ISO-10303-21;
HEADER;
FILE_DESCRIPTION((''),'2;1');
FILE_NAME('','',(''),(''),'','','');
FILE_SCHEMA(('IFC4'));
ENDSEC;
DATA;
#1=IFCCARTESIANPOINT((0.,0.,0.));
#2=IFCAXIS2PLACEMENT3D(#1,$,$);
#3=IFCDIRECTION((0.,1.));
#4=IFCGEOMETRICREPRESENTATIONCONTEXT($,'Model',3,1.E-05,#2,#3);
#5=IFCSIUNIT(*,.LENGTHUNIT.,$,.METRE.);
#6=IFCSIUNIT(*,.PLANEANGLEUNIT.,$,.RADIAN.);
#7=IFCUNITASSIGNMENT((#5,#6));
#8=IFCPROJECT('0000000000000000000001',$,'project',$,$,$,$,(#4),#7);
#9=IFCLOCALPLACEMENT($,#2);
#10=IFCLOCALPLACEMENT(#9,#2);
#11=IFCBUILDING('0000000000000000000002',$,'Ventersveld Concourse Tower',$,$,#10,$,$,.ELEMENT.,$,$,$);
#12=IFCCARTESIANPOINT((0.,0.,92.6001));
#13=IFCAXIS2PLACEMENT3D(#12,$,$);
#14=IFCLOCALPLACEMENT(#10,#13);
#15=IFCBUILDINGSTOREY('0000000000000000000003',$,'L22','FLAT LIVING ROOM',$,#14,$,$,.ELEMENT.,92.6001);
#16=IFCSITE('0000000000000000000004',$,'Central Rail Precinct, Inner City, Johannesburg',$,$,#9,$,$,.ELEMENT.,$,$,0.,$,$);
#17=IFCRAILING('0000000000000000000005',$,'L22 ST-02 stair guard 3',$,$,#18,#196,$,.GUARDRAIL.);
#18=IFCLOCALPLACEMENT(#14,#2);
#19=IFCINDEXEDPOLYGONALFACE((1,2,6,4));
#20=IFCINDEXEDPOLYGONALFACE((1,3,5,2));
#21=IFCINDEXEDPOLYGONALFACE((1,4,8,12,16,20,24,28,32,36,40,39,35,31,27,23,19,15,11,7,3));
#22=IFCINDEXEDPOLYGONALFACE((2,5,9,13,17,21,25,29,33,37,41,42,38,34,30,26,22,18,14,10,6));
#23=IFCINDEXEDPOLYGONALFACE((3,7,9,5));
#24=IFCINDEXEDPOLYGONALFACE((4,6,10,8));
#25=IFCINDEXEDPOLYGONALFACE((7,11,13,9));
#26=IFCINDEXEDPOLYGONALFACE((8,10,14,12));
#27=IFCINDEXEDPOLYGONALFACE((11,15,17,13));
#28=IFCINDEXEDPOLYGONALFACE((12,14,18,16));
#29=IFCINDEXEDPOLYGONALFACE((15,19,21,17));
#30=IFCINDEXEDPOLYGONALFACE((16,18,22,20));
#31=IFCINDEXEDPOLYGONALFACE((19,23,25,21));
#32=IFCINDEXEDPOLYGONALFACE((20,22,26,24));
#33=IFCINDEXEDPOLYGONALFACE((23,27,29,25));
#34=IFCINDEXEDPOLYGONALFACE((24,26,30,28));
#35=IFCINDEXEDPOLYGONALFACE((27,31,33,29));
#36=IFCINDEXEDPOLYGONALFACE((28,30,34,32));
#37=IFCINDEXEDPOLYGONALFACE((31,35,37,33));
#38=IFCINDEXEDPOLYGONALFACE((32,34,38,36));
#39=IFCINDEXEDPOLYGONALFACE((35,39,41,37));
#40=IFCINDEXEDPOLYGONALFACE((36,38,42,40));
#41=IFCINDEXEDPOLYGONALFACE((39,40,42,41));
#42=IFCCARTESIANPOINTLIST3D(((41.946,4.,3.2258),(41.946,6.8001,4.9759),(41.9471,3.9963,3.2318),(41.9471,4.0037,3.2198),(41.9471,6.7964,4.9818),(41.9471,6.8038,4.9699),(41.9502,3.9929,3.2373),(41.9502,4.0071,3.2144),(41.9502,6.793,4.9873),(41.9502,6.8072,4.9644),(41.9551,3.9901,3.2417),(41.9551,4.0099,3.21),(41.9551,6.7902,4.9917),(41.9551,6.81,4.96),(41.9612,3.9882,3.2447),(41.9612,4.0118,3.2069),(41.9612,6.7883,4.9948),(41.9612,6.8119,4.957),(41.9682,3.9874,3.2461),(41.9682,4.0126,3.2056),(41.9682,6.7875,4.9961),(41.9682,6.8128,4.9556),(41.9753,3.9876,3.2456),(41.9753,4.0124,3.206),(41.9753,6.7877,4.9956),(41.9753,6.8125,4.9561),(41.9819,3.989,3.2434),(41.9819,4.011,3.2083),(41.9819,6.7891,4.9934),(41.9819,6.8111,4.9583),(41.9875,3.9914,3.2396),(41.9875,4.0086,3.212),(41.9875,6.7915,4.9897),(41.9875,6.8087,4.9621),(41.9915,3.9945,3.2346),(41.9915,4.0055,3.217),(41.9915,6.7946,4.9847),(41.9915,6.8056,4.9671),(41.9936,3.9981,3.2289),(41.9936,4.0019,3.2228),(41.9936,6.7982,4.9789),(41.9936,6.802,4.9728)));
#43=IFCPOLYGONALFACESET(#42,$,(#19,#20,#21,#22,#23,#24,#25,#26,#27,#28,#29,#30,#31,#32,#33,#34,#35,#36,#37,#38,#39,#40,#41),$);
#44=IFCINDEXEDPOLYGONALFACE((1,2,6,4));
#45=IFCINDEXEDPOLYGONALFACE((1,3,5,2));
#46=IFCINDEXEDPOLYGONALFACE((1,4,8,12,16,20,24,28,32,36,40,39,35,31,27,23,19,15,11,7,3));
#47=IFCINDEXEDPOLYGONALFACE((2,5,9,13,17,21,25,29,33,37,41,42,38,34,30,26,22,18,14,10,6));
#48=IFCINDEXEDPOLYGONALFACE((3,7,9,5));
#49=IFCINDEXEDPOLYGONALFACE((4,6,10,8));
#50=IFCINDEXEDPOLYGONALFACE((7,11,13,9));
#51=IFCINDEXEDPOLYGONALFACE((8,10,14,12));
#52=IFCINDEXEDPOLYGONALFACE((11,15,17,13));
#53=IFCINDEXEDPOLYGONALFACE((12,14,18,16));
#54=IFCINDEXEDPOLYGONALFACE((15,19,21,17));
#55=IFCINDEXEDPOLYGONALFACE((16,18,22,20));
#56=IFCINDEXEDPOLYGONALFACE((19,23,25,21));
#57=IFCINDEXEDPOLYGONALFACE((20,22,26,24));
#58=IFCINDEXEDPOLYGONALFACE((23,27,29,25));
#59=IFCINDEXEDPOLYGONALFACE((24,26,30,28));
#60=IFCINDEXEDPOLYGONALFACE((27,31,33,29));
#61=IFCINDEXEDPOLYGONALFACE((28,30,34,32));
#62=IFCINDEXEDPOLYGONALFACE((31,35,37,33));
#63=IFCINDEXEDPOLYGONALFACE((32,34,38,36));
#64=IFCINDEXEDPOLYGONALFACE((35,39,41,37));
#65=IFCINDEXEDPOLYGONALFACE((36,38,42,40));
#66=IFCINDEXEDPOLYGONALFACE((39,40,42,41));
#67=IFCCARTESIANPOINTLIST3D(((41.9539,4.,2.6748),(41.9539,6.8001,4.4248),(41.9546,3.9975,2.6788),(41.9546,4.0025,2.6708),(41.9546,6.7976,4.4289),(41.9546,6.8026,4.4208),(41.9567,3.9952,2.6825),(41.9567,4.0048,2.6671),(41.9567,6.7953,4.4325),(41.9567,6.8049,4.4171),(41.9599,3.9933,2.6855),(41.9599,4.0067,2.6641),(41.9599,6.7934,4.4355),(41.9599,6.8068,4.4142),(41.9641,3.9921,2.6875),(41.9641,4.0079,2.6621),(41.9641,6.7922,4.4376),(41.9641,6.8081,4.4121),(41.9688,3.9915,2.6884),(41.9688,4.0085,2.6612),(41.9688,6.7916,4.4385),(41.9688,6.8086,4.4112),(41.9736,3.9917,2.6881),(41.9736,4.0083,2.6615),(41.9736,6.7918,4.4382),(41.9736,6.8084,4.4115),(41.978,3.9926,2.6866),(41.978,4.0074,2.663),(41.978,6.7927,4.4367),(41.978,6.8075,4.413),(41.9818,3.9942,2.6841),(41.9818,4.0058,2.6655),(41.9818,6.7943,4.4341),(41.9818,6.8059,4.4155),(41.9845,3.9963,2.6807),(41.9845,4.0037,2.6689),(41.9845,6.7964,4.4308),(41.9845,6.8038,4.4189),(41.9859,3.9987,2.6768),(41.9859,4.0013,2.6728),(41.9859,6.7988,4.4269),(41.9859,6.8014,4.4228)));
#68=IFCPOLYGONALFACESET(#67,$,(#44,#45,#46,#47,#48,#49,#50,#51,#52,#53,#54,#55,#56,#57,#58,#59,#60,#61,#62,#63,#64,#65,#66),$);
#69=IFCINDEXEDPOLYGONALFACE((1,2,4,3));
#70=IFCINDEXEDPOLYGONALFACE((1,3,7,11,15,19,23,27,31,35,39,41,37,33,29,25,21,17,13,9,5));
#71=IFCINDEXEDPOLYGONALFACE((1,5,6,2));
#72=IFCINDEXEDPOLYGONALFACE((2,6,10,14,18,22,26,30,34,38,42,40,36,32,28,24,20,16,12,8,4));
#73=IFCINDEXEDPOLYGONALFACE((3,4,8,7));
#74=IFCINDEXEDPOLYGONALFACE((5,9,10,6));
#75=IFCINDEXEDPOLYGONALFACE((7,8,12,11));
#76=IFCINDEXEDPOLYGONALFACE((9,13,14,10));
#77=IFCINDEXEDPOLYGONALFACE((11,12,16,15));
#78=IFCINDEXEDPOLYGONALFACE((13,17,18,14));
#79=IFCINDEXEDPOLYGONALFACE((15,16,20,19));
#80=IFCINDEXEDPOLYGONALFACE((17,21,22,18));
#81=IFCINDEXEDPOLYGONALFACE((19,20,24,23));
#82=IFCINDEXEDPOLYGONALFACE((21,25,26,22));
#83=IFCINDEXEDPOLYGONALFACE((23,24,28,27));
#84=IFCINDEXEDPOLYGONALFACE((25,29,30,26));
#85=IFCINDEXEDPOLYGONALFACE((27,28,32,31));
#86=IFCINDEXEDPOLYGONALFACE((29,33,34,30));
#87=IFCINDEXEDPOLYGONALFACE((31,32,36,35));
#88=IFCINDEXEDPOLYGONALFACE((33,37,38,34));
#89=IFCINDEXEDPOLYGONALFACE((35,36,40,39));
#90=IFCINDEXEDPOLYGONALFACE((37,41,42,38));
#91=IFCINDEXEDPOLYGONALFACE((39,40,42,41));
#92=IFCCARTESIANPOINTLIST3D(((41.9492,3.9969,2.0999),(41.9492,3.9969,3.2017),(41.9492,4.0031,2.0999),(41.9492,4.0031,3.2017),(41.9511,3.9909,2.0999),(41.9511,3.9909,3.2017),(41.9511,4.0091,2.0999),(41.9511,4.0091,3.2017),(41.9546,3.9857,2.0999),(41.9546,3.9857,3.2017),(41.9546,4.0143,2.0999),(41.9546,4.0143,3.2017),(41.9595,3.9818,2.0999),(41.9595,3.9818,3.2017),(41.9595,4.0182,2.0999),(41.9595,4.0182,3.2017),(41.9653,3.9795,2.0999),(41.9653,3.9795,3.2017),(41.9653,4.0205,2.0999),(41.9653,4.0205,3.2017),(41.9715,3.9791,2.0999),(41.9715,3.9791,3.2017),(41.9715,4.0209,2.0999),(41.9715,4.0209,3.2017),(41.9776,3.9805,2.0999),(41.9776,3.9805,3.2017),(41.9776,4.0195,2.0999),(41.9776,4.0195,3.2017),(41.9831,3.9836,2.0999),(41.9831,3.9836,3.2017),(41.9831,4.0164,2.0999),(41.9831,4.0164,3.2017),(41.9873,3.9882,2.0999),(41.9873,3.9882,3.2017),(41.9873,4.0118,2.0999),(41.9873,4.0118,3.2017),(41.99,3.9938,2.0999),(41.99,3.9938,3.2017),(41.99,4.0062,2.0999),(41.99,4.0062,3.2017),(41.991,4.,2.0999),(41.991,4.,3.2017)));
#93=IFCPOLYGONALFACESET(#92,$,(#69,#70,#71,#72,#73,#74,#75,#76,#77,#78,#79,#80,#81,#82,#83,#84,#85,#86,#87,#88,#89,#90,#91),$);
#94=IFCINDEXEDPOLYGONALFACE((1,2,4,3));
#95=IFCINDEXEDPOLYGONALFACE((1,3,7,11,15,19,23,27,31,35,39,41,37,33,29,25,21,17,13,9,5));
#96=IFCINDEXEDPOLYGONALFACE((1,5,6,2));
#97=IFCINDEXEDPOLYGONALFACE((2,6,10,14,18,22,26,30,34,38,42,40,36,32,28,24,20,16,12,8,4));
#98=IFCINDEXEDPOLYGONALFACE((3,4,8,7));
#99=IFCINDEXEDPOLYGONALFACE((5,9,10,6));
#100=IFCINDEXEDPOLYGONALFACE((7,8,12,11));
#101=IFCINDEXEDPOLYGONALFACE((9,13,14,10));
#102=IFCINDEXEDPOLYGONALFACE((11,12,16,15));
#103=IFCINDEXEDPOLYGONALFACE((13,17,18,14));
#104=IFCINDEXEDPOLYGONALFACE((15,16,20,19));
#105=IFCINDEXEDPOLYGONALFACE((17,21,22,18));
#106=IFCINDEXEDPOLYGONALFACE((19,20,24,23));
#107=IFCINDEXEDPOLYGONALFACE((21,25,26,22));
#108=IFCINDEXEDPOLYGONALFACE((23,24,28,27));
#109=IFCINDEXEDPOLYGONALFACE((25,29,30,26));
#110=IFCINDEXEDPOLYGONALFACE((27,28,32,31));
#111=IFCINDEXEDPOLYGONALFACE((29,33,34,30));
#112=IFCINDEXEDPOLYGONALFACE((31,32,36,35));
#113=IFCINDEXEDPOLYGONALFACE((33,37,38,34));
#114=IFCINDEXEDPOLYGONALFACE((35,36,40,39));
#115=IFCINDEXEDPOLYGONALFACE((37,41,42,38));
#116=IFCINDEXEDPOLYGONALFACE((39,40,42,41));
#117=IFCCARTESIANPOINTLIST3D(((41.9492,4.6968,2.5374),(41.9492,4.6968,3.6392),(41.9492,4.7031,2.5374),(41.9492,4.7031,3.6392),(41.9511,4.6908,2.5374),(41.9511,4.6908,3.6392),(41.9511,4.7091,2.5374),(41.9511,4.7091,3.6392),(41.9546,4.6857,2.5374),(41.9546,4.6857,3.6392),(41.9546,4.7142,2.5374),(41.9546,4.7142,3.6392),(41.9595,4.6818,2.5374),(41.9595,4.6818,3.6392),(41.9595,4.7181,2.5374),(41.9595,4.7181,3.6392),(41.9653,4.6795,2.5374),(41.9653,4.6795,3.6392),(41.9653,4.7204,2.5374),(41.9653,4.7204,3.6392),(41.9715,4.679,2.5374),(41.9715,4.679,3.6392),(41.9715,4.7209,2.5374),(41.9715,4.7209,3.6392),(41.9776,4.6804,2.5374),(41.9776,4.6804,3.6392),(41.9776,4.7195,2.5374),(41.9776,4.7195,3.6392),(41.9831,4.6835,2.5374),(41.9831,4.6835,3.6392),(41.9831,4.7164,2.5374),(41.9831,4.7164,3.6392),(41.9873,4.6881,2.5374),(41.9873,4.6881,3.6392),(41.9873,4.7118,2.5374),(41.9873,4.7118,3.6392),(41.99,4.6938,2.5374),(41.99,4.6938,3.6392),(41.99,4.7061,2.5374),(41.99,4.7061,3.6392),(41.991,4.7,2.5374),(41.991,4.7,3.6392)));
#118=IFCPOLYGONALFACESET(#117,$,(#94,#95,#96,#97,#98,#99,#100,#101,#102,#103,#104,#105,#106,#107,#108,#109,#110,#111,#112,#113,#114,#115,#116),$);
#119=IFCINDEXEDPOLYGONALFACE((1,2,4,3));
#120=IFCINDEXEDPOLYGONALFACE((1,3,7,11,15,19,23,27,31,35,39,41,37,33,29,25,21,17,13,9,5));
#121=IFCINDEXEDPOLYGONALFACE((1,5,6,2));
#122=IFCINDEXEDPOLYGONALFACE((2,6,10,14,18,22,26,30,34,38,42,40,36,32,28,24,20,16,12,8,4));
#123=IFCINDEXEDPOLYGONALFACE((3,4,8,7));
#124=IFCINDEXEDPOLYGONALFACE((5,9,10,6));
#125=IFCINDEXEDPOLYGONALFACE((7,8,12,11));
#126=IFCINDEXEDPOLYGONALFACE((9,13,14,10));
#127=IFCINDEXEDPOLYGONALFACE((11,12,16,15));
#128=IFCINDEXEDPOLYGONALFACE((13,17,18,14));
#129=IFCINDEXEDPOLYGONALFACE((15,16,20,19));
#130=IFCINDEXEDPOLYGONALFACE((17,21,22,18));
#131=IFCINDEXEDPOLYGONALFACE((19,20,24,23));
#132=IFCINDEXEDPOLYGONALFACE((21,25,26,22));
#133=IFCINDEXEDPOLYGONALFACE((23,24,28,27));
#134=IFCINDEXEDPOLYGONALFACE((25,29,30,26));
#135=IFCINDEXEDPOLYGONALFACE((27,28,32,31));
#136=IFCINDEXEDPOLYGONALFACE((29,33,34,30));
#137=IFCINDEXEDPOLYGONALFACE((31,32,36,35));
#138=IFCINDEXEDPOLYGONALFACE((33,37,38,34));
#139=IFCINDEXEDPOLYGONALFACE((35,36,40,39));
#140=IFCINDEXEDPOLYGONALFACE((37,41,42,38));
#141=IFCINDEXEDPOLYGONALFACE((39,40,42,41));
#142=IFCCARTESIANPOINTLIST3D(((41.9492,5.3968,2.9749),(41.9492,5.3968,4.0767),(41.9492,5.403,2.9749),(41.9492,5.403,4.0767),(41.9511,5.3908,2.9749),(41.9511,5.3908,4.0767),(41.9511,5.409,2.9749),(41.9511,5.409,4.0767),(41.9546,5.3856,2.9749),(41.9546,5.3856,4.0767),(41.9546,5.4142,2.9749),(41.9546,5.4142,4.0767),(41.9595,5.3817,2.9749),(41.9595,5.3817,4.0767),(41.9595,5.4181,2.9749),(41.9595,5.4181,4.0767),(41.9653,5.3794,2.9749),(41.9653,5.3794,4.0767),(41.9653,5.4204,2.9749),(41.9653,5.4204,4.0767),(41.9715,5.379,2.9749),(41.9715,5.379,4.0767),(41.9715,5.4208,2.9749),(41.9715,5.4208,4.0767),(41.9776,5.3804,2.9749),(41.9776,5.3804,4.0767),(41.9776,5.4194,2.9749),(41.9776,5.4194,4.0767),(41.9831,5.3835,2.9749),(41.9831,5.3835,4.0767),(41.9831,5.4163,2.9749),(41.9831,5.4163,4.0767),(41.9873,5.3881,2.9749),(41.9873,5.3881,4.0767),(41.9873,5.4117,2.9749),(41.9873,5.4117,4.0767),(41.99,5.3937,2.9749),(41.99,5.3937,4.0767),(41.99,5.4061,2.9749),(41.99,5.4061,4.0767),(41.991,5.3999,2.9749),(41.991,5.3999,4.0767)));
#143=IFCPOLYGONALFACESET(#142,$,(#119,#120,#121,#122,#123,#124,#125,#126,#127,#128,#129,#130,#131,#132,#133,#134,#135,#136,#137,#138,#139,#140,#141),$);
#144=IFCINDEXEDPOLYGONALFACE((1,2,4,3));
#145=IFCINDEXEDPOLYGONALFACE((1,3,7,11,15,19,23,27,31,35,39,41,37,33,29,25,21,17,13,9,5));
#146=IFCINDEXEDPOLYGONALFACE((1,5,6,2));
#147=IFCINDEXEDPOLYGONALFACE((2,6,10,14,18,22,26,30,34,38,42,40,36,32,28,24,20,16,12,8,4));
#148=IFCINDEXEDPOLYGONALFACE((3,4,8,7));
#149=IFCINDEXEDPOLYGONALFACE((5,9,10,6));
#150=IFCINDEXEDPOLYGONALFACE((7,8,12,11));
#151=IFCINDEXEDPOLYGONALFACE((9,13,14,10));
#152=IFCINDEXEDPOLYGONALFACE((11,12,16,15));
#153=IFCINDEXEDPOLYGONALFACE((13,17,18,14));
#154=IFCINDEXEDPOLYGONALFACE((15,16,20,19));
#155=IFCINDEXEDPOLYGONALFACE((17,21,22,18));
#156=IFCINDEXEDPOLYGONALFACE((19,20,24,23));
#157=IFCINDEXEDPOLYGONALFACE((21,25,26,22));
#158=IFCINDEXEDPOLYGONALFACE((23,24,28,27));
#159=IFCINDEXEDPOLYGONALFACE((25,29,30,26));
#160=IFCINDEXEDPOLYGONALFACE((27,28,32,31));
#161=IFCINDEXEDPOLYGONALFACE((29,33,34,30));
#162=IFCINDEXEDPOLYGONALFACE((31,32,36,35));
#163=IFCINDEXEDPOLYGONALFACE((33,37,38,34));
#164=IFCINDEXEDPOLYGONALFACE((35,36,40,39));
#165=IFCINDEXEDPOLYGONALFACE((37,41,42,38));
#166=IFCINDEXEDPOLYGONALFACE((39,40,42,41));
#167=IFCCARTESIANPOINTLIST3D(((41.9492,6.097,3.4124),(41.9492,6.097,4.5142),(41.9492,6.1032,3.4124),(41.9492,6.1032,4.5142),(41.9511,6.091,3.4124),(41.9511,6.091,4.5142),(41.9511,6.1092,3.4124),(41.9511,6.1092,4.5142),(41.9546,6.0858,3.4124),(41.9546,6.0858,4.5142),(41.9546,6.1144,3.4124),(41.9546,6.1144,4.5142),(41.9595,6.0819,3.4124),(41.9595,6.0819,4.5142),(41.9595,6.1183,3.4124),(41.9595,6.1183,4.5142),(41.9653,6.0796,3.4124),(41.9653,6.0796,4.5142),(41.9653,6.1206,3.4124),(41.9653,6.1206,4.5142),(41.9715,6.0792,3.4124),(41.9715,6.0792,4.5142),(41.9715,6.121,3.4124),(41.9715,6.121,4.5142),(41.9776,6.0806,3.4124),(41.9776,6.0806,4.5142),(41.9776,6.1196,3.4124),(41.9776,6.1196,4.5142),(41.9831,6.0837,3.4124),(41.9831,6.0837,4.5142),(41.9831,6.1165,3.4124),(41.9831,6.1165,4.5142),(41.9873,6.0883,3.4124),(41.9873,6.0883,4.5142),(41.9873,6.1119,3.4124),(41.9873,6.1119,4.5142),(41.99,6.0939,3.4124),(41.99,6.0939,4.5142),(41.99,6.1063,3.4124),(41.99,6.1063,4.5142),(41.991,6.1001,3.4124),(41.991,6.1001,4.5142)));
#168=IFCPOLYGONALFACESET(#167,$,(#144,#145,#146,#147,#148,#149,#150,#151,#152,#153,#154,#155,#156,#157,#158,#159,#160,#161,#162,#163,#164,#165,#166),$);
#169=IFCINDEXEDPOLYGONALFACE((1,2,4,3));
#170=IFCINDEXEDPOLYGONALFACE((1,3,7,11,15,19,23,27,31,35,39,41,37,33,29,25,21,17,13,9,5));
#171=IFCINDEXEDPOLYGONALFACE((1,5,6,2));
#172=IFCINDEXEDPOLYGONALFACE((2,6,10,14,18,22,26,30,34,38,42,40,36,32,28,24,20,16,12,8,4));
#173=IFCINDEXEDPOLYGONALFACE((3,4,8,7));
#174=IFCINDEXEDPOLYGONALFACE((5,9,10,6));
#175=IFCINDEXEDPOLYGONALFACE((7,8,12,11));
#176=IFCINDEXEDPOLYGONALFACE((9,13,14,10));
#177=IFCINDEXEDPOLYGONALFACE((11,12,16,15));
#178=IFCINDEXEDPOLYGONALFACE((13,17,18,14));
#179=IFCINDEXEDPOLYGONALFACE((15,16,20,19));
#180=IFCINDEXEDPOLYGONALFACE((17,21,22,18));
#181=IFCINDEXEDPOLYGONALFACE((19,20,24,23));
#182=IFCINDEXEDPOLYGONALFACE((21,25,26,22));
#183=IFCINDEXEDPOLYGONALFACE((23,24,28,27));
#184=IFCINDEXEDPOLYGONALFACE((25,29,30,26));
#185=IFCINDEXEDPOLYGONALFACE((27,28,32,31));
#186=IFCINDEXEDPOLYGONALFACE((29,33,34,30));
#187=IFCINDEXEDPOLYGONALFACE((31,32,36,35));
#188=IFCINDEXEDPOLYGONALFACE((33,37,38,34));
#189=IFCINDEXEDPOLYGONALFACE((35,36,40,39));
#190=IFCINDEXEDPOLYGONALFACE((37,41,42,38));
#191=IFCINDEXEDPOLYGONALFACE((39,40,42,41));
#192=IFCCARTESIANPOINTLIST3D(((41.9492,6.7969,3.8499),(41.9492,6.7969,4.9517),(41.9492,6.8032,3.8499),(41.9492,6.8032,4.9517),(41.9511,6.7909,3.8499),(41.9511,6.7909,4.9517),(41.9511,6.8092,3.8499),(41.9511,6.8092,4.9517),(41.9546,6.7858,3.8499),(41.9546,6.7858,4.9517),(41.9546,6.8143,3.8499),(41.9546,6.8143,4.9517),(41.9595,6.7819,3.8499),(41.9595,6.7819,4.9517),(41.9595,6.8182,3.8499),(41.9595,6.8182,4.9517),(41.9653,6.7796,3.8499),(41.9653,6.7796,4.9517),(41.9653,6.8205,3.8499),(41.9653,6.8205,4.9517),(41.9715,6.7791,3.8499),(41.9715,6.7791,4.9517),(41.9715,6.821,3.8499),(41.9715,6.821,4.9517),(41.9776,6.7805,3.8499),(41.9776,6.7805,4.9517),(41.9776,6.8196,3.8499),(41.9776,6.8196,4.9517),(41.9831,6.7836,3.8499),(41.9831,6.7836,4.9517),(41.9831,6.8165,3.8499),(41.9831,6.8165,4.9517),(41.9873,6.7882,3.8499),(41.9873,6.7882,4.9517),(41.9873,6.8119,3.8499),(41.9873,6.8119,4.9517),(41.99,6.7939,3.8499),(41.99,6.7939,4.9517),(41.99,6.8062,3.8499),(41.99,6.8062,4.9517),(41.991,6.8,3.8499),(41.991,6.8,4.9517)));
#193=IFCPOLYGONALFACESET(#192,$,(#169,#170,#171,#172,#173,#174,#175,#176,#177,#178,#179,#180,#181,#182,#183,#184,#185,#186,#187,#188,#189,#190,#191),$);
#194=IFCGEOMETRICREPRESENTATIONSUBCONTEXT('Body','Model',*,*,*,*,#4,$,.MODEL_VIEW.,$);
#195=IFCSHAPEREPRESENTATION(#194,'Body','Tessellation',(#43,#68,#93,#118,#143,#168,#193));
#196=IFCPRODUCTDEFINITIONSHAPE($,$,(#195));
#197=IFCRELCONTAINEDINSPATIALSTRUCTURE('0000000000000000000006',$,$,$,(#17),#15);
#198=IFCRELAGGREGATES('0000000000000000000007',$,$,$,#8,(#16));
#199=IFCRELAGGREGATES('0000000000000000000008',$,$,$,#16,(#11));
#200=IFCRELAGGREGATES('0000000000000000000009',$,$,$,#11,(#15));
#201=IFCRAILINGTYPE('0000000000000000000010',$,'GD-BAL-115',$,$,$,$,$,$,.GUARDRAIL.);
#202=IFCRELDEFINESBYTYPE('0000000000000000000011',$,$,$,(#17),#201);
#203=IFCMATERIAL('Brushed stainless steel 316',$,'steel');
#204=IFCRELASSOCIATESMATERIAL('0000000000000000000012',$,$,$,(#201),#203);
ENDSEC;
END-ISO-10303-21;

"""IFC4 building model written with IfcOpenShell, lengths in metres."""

from ifc_helpers import new_model, si_unit, direction, frame, origin, origin_2d, place, context, subcontext, project, spatial, circle, extrude, material, type_object, element, save


model = new_model("IFC4")

# Units and contexts
model_context = context("Model", 3, precision=1e-05, world=origin(), true_north=direction((0.0, 1.0)))
body_context = subcontext(model_context, "Body", "Model", "MODEL_VIEW")
ifc_project = project(units=[si_unit("LENGTHUNIT", "METRE"), si_unit("PLANEANGLEUNIT", "RADIAN")], contexts=[model_context])

# Site, building, storey
site_placement = place(None, origin())
site = spatial("IfcSite", under=ifc_project, at=site_placement, Name="Central Rail Precinct, Inner City, Johannesburg", CompositionType="ELEMENT", RefElevation=0.0)
building_placement = place(site_placement, origin())
building = spatial("IfcBuilding", under=site, at=building_placement, Name="Ventersveld Concourse Tower", CompositionType="ELEMENT")
storey_placement = place(building_placement, frame((0.0, 0.0, 92.6001)))
storey = spatial("IfcBuildingStorey", under=building, at=storey_placement, Name="L22", Description="FLAT LIVING ROOM", CompositionType="ELEMENT", Elevation=92.6001)

# Shared definitions
ifc_material_1 = material(Name="Brushed stainless steel 316", Category="steel")

# Railing
railing_type_1 = type_object("IfcRailingType", Name="GD-BAL-115", PredefinedType="GUARDRAIL", material=ifc_material_1)
railing_1_placement = place(storey_placement, frame((41.97, 4.0, 2.0999)))
element("IfcRailing", 1, at=railing_1_placement, inside=storey, type_object=railing_type_1, Name="L22 ST-02 stair guard 3", PredefinedType="GUARDRAIL", context=body_context, shape_type="SweptSolid", body=[
    extrude(circle(Radius=0.0239, at=origin_2d()), frame((0.0, 0.0, 1.126), z_axis=(0.0, 0.848002, 0.529992), x_axis=(-1.0, 0.0, 0.0)), (0.0, 0.0, 1.0), 3.302),
    extrude(circle(Radius=0.0161, at=origin_2d()), frame((0.0, 0.0, 0.575), z_axis=(0.0, 0.848002, 0.529992), x_axis=(-1.0, 0.0, 0.0)), (0.0, 0.0, 1.0), 3.302),
    extrude(circle(Radius=0.021, at=origin_2d()), origin(), (0.0, 0.0, 1.0), 1.1018),
    extrude(circle(Radius=0.021, at=origin_2d()), frame((0.0, 0.7, 0.4375)), (0.0, 0.0, 1.0), 1.1018),
    extrude(circle(Radius=0.021, at=origin_2d()), frame((0.0, 1.3999, 0.875)), (0.0, 0.0, 1.0), 1.1018),
    extrude(circle(Radius=0.021, at=origin_2d()), frame((0.0, 2.1001, 1.3125)), (0.0, 0.0, 1.0), 1.1018),
    extrude(circle(Radius=0.021, at=origin_2d()), frame((0.0, 2.8, 1.75)), (0.0, 0.0, 1.0), 1.1018),
])

save(model, "model.ifc")
